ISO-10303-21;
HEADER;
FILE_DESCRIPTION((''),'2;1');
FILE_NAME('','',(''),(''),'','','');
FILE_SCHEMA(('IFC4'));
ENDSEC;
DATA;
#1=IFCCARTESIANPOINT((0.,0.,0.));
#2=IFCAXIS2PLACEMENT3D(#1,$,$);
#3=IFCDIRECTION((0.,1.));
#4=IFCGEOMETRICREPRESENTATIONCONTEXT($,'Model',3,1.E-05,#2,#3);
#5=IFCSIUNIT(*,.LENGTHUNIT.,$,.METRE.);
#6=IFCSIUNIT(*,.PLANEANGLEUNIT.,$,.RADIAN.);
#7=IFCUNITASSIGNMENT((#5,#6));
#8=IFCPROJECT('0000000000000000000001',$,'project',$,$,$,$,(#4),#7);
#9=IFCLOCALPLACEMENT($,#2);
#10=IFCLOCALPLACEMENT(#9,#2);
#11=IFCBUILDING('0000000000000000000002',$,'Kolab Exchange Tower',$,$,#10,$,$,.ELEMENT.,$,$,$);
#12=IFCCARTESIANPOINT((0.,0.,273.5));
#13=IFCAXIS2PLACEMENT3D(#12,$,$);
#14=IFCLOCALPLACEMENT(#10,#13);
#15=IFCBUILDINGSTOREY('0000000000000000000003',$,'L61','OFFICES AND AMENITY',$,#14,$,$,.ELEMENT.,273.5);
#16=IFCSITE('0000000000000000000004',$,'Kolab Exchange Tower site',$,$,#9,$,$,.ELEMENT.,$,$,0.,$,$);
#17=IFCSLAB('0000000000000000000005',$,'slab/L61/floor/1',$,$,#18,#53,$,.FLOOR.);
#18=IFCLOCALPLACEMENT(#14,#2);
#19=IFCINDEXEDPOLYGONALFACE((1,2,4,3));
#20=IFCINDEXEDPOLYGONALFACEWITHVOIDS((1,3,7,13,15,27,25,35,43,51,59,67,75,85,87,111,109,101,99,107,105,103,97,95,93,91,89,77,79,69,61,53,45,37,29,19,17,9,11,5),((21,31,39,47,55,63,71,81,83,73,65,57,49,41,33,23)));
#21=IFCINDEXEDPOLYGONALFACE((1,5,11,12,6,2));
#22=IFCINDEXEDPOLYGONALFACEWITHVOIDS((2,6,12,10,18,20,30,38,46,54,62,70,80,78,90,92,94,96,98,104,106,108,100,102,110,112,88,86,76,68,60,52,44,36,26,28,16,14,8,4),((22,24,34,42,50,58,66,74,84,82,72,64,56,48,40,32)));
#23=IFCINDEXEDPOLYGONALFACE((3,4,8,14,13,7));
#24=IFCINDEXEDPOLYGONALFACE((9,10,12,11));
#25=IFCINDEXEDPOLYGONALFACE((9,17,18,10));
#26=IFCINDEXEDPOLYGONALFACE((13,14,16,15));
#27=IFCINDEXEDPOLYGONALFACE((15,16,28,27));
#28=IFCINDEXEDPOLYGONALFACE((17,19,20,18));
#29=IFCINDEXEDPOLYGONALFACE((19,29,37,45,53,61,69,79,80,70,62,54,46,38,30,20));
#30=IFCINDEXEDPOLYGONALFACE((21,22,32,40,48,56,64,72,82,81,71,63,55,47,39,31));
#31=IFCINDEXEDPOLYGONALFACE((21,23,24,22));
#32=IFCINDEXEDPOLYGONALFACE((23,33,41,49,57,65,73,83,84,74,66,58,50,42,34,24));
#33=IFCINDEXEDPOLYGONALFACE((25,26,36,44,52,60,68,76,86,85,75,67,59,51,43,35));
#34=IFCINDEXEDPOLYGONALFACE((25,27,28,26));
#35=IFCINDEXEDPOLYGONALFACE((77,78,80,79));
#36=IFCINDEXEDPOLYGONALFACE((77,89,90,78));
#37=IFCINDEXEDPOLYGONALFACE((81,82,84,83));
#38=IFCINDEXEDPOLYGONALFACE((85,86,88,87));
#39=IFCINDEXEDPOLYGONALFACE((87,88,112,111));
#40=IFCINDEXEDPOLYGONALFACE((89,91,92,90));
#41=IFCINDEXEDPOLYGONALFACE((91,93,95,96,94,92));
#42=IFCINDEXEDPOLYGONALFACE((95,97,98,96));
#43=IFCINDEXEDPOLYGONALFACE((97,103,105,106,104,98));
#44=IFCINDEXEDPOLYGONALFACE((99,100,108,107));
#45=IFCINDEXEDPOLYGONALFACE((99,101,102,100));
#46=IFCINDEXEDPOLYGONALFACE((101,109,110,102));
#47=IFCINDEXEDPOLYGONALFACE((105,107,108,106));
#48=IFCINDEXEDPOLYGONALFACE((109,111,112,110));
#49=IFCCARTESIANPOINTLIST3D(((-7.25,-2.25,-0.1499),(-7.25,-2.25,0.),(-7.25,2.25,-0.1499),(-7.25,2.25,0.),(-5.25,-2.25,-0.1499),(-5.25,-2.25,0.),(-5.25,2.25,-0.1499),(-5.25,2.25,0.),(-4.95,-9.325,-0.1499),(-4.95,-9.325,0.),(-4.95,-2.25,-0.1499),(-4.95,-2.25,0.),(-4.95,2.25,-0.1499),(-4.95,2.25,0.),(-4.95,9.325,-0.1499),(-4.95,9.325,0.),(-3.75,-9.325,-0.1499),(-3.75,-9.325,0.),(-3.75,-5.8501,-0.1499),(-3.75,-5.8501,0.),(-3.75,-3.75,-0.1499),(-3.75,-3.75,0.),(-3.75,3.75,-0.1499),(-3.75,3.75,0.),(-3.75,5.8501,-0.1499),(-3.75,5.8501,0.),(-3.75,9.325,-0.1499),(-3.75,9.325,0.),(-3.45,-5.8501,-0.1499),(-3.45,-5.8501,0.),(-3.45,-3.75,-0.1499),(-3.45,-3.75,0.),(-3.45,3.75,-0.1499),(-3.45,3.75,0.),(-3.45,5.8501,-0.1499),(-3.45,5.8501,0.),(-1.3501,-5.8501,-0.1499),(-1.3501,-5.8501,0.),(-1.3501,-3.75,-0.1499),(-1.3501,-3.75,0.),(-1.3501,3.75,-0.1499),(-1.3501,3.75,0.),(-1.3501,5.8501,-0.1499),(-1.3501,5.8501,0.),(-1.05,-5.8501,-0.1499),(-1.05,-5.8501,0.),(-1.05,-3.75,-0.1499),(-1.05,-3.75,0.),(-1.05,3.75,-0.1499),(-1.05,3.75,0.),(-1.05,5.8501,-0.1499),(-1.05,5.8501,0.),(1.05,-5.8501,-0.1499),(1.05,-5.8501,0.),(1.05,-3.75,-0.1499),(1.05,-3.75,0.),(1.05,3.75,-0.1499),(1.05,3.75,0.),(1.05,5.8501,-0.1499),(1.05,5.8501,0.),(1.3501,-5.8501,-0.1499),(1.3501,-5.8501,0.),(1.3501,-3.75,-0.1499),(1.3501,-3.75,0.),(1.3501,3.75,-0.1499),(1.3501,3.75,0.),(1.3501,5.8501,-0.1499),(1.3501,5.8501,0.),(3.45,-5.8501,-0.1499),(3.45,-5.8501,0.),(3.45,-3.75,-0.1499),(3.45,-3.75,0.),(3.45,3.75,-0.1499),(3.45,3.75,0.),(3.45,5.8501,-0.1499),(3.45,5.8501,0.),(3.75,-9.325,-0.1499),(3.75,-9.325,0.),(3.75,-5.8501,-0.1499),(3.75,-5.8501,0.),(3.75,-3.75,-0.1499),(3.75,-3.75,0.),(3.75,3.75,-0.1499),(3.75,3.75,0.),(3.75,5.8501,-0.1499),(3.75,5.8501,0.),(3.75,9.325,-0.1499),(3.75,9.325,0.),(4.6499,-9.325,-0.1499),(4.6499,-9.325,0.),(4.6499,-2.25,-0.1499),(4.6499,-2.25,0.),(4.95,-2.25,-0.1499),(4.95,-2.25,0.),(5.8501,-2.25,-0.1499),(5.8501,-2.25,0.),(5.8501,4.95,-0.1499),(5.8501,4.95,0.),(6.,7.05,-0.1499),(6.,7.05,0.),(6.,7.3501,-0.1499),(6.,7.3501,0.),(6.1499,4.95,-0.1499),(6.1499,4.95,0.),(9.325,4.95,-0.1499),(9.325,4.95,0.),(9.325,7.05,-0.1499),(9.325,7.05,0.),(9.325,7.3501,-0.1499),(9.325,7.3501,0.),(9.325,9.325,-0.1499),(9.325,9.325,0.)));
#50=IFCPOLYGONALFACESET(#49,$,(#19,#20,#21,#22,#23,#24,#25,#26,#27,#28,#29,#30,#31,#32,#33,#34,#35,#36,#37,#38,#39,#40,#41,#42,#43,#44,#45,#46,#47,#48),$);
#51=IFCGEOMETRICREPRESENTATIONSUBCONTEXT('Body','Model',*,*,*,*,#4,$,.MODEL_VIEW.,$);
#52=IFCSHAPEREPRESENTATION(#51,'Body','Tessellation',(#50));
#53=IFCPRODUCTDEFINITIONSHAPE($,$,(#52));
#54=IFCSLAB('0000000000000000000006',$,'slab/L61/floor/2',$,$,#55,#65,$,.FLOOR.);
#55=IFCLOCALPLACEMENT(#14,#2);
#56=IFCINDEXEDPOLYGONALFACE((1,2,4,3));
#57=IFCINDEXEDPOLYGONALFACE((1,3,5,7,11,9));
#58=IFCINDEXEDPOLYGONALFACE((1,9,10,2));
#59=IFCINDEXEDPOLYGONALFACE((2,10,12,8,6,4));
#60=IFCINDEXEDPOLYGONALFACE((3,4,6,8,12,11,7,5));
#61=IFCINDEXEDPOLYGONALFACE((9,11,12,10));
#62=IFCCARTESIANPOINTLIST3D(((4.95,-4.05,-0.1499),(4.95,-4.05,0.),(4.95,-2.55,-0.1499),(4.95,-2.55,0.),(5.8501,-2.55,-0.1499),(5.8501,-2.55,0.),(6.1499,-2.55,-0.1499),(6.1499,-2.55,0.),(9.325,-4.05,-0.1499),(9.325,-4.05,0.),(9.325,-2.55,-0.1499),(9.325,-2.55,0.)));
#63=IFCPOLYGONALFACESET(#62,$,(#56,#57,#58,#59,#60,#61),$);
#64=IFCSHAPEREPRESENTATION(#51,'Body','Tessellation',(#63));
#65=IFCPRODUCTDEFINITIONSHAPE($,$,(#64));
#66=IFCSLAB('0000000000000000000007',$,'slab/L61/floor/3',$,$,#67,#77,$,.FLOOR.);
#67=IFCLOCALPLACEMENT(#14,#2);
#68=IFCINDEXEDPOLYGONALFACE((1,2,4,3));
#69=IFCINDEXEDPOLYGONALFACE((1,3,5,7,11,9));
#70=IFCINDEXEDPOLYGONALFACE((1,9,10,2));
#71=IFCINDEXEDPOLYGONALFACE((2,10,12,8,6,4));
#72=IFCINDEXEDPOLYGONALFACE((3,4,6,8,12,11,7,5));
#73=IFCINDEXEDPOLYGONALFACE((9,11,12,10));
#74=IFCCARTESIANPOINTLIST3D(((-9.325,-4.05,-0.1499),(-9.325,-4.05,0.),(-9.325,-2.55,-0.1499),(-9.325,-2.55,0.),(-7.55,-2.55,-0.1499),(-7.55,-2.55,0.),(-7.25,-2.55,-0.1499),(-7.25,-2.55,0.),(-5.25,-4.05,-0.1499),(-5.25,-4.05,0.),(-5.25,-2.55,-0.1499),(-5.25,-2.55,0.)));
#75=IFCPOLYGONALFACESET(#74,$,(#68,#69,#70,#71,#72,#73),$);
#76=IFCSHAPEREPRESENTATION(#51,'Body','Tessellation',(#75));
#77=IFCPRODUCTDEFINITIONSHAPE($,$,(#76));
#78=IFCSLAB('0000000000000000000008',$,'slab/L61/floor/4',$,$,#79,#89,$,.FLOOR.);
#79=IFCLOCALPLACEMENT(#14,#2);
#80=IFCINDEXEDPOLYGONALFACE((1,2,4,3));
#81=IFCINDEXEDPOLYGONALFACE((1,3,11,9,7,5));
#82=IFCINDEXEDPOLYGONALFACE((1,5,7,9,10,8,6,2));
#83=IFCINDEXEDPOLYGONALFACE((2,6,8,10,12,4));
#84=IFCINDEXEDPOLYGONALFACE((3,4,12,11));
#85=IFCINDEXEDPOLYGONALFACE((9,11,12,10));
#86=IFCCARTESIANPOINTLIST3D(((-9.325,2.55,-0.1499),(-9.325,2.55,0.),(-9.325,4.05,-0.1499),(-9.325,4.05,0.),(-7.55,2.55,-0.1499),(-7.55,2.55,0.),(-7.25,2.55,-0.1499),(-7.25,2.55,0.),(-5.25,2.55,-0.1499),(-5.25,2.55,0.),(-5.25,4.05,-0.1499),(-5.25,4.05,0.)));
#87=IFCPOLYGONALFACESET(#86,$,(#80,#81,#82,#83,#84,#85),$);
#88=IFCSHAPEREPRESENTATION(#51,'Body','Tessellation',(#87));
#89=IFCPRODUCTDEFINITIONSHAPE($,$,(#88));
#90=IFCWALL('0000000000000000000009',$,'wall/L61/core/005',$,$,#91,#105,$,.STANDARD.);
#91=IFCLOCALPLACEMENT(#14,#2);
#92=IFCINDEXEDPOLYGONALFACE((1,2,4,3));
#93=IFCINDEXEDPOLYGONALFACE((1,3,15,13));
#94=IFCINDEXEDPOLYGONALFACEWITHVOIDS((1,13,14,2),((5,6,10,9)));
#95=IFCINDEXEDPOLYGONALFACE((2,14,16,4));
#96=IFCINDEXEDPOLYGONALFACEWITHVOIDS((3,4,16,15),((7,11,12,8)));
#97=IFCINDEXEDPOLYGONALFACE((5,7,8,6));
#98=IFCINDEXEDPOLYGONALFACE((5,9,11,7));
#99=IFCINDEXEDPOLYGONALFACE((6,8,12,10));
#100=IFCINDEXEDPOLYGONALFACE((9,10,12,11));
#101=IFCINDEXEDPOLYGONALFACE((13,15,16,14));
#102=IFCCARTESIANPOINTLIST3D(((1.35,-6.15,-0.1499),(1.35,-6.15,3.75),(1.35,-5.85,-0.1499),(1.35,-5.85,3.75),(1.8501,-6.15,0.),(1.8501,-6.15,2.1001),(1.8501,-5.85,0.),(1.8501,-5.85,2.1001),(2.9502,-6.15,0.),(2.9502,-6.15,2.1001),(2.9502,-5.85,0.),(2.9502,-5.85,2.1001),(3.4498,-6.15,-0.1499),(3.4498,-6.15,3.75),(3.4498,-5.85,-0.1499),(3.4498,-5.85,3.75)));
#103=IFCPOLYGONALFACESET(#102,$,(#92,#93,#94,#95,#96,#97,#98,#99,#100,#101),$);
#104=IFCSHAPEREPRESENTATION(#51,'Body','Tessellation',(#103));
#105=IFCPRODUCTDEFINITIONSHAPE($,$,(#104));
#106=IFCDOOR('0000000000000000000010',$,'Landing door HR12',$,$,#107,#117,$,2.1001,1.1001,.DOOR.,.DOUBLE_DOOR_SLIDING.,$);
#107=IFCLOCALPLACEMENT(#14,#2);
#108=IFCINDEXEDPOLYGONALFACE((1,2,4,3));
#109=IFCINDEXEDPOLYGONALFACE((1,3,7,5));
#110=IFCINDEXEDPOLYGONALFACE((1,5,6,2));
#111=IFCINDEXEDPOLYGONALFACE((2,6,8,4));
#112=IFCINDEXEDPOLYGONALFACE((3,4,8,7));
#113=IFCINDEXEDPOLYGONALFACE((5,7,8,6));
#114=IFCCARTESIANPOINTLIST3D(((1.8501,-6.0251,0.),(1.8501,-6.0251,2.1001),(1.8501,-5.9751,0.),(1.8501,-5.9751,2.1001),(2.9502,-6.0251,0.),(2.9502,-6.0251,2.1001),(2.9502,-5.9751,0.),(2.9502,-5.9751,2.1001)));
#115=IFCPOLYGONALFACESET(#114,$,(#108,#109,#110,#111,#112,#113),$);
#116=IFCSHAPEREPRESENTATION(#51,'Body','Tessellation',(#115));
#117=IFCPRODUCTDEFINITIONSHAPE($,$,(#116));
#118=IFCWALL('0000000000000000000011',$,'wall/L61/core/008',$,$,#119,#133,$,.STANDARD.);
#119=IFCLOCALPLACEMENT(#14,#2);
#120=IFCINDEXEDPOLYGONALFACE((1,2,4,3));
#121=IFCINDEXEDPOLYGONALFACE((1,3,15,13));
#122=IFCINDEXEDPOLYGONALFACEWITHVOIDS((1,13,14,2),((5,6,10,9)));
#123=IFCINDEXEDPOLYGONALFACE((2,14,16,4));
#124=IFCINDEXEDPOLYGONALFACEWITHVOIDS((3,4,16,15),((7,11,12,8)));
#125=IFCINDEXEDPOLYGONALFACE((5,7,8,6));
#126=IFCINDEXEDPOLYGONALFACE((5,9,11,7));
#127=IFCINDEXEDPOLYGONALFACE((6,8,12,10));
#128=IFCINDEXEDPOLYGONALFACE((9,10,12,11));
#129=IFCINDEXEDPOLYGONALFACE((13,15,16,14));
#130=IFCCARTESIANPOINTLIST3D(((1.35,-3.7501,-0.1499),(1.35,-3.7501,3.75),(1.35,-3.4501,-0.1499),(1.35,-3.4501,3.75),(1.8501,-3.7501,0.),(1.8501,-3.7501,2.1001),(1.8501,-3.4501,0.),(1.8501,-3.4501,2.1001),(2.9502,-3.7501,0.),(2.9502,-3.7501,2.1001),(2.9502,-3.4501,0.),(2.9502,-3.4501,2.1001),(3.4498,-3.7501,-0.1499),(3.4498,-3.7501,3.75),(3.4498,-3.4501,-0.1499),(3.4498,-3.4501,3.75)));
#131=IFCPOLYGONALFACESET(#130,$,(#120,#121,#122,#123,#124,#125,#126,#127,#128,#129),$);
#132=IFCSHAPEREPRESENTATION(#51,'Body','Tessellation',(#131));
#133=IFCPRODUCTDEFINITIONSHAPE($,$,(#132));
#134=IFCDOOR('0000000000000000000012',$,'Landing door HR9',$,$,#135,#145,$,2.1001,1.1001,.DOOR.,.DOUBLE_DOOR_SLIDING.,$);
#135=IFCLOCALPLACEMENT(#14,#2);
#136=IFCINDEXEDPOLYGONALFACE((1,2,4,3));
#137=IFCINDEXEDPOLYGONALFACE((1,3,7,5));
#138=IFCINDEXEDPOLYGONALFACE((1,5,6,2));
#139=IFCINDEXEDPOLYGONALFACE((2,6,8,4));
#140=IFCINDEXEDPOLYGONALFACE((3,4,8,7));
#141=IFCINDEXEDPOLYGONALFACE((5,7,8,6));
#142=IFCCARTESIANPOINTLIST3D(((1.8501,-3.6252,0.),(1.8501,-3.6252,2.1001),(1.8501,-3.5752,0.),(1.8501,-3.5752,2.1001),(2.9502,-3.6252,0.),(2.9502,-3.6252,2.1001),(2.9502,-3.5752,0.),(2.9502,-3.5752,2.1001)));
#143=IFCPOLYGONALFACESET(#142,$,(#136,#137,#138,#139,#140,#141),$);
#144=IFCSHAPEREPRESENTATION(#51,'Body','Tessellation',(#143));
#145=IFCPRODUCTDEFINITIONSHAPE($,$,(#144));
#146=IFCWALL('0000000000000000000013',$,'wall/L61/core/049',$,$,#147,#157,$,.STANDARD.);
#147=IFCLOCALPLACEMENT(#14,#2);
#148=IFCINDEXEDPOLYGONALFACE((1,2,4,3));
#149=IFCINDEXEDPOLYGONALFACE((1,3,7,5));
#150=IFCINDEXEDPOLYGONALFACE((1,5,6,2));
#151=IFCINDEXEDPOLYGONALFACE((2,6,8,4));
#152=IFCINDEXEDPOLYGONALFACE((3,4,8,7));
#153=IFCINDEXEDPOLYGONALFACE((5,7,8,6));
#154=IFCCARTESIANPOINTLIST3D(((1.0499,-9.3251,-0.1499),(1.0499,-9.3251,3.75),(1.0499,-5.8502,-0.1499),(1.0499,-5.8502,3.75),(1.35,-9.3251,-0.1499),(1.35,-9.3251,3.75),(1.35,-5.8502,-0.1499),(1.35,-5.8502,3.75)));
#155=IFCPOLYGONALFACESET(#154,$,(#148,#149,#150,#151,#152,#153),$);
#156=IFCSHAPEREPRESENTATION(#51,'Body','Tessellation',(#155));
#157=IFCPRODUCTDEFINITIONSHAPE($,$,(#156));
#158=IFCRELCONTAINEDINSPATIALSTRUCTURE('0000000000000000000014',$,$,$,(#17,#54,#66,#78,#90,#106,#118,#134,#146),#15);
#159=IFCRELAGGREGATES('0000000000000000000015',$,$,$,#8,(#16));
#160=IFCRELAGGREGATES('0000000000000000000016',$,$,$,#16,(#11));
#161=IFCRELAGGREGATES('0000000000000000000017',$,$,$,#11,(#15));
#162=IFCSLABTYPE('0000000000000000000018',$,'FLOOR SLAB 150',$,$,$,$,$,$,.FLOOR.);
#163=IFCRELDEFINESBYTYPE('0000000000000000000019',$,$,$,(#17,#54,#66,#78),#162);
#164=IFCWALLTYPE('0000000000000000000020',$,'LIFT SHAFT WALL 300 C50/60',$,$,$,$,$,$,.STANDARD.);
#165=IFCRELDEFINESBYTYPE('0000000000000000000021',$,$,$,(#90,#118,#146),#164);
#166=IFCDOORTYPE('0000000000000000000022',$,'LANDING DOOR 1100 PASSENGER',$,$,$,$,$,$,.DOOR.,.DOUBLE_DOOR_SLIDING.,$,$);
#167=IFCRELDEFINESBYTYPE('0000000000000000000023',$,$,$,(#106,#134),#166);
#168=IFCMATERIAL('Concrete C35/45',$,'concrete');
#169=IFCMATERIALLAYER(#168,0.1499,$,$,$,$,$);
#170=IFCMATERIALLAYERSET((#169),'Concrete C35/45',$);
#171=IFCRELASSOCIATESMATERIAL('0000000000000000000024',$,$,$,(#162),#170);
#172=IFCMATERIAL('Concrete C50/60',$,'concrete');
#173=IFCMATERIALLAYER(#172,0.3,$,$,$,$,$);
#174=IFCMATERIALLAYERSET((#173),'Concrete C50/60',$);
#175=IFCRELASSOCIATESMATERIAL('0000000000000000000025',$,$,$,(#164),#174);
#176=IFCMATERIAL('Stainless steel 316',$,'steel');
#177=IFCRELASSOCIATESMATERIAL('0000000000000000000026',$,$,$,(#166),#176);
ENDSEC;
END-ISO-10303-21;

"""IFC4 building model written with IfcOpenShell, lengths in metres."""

from ifc_helpers import new_model, si_unit, direction, frame, frame_2d, origin, place, context, subcontext, project, spatial, polyline, rectangle, outline, extrude, material, layer, layer_set, type_object, element, fill, save


model = new_model("IFC4")

# Units and contexts
model_context = context("Model", 3, precision=1e-05, world=origin(), true_north=direction((0.0, 1.0)))
body_context = subcontext(model_context, "Body", "Model", "MODEL_VIEW")
ifc_project = project(units=[si_unit("LENGTHUNIT", "METRE"), si_unit("PLANEANGLEUNIT", "RADIAN")], contexts=[model_context])

# Site, building, storey
site_placement = place(None, origin())
site = spatial("IfcSite", under=ifc_project, at=site_placement, Name="Kolab Exchange Tower site", CompositionType="ELEMENT", RefElevation=0.0)
building_placement = place(site_placement, origin())
building = spatial("IfcBuilding", under=site, at=building_placement, Name="Kolab Exchange Tower", CompositionType="ELEMENT")
storey_placement = place(building_placement, frame((0.0, 0.0, 273.5)))
storey = spatial("IfcBuildingStorey", under=building, at=storey_placement, Name="L61", Description="OFFICES AND AMENITY", CompositionType="ELEMENT", Elevation=273.5)

# Slabs
ifc_material_1 = material(Name="Concrete C35/45", Category="concrete")
ifc_layer_1 = layer(ifc_material_1, 0.1499)
ifc_layer_set_1 = layer_set([ifc_layer_1], Name="Concrete C35/45")
slab_type = type_object("IfcSlabType", Name="FLOOR SLAB 150", PredefinedType="FLOOR", material=ifc_layer_set_1)
slab_1_placement = place(storey_placement, frame((0.0, 0.0, -0.1499)))
element("IfcSlab", 1, at=slab_1_placement, inside=storey, type_object=slab_type, Name="slab/L61/floor/1", PredefinedType="FLOOR", context=body_context, shape_type="SweptSolid", body=[
    extrude(outline(polyline([(-4.95, 9.325), (-4.95, 2.25), (-5.25, 2.25), (-7.25, 2.25), (-7.25, -2.25), (-5.25, -2.25), (-4.95, -2.25), (-4.95, -9.325), (-3.75, -9.325), (-3.75, -5.8501), (-3.45, -5.8501), (-1.3501, -5.8501), (-1.05, -5.8501), (1.05, -5.8501), (1.3501, -5.8501), (3.45, -5.8501), (3.75, -5.8501), (3.75, -9.325), (4.6499, -9.325), (4.6499, -2.25), (4.95, -2.25), (5.8501, -2.25), (5.8501, 4.95), (6.1499, 4.95), (9.325, 4.95), (9.325, 7.05), (6.0, 7.05), (6.0, 7.3501), (9.325, 7.3501), (9.325, 9.325), (3.75, 9.325), (3.75, 5.8501), (3.45, 5.8501), (1.3501, 5.8501), (1.05, 5.8501), (-1.05, 5.8501), (-1.3501, 5.8501), (-3.45, 5.8501), (-3.75, 5.8501), (-3.75, 9.325), (-4.95, 9.325)]), holes=[polyline([(-3.45, -3.75), (-3.75, -3.75), (-3.75, 3.75), (-3.45, 3.75), (-1.3501, 3.75), (-1.05, 3.75), (1.05, 3.75), (1.3501, 3.75), (3.45, 3.75), (3.75, 3.75), (3.75, -3.75), (3.45, -3.75), (1.3501, -3.75), (1.05, -3.75), (-1.05, -3.75), (-1.3501, -3.75), (-3.45, -3.75)])]), origin(), (0.0, 0.0, 1.0), 0.1499),
])
slab_2_placement = place(storey_placement, frame((0.0, 0.0, -0.1499)))
element("IfcSlab", 2, at=slab_2_placement, inside=storey, type_object=slab_type, Name="slab/L61/floor/2", PredefinedType="FLOOR", context=body_context, shape_type="SweptSolid", body=[
    extrude(outline(polyline([(4.95, -2.55), (4.95, -4.05), (9.325, -4.05), (9.325, -2.55), (6.1499, -2.55), (5.8501, -2.55), (4.95, -2.55)])), origin(), (0.0, 0.0, 1.0), 0.1499),
])
slab_3_placement = place(storey_placement, frame((0.0, 0.0, -0.1499)))
element("IfcSlab", 3, at=slab_3_placement, inside=storey, type_object=slab_type, Name="slab/L61/floor/3", PredefinedType="FLOOR", context=body_context, shape_type="SweptSolid", body=[
    extrude(outline(polyline([(-7.55, -2.55), (-9.325, -2.55), (-9.325, -4.05), (-5.25, -4.05), (-5.25, -2.55), (-7.25, -2.55), (-7.55, -2.55)])), origin(), (0.0, 0.0, 1.0), 0.1499),
])
slab_4_placement = place(storey_placement, frame((0.0, 0.0, -0.1499)))
element("IfcSlab", 4, at=slab_4_placement, inside=storey, type_object=slab_type, Name="slab/L61/floor/4", PredefinedType="FLOOR", context=body_context, shape_type="SweptSolid", body=[
    extrude(outline(polyline([(-9.325, 4.05), (-9.325, 2.55), (-7.55, 2.55), (-7.25, 2.55), (-5.25, 2.55), (-5.25, 4.05), (-9.325, 4.05)])), origin(), (0.0, 0.0, 1.0), 0.1499),
])

# Walls, openings, doors
ifc_material_2 = material(Name="Concrete C50/60", Category="concrete")
ifc_layer_2 = layer(ifc_material_2, 0.3)
ifc_layer_set_2 = layer_set([ifc_layer_2], Name="Concrete C50/60")
wall_type_1 = type_object("IfcWallType", Name="LIFT SHAFT WALL 300 C50/60", PredefinedType="STANDARD", material=ifc_layer_set_2)
wall_1_placement = place(storey_placement, frame((1.3501, -6.0, -0.1499), z_axis=(0.0, 0.0, 1.0), x_axis=(1.0, 0.0, 0.0)))
wall_1 = element("IfcWall", 5, at=wall_1_placement, inside=storey, type_object=wall_type_1, Name="wall/L61/core/005", PredefinedType="STANDARD", context=body_context, shape_type="SweptSolid", body=[
    extrude(rectangle(XDim=2.0999, YDim=0.3, at=frame_2d((1.0498, 0.0))), origin(), (0.0, 0.0, 1.0), 3.8999),
])
opening_1_placement = place(wall_1_placement, frame((0.5, 0.0, 0.1499)))
opening_1 = element("IfcOpeningElement", 6, at=opening_1_placement, cuts=wall_1, PredefinedType="OPENING", context=body_context, shape_type="SweptSolid", body=[
    extrude(rectangle(XDim=1.1001, YDim=2.1001, at=frame_2d((0.55, 1.05))), frame((0.0, 0.1602, 0.0), z_axis=(0.0, -1.0, 0.0), x_axis=(1.0, 0.0, 0.0)), (0.0, 0.0, 1.0), 0.3201),
])
ifc_material_3 = material(Name="Stainless steel 316", Category="steel")
door_type_1 = type_object("IfcDoorType", Name="LANDING DOOR 1100 PASSENGER", OperationType="DOUBLE_DOOR_SLIDING", PredefinedType="DOOR", material=ifc_material_3)
door_1_placement = place(opening_1_placement, origin())
door_1 = element("IfcDoor", 7, at=door_1_placement, inside=storey, type_object=door_type_1, Name="Landing door HR12", OperationType="DOUBLE_DOOR_SLIDING", OverallHeight=2.1001, OverallWidth=1.1001, PredefinedType="DOOR", context=body_context, shape_type="SweptSolid", body=[
    extrude(rectangle(XDim=1.1001, YDim=2.1001, at=frame_2d((0.55, 1.05))), frame((0.0, 0.0249, 0.0), z_axis=(0.0, -1.0, 0.0), x_axis=(1.0, 0.0, 0.0)), (0.0, 0.0, 1.0), 0.05),
])
fill(opening_1, door_1)
wall_2_placement = place(storey_placement, frame((1.3501, -3.6001, -0.1499), z_axis=(0.0, 0.0, 1.0), x_axis=(1.0, 0.0, 0.0)))
wall_2 = element("IfcWall", 8, at=wall_2_placement, inside=storey, type_object=wall_type_1, Name="wall/L61/core/008", PredefinedType="STANDARD", context=body_context, shape_type="SweptSolid", body=[
    extrude(rectangle(XDim=2.0999, YDim=0.3, at=frame_2d((1.0498, 0.0))), origin(), (0.0, 0.0, 1.0), 3.8999),
])
opening_2_placement = place(wall_2_placement, frame((0.5, 0.0, 0.1499)))
opening_2 = element("IfcOpeningElement", 9, at=opening_2_placement, cuts=wall_2, PredefinedType="OPENING", context=body_context, shape_type="SweptSolid", body=[
    extrude(rectangle(XDim=1.1001, YDim=2.1001, at=frame_2d((0.55, 1.05))), frame((0.0, 0.1602, 0.0), z_axis=(0.0, -1.0, 0.0), x_axis=(1.0, 0.0, 0.0)), (0.0, 0.0, 1.0), 0.3201),
])
door_2_placement = place(opening_2_placement, origin())
door_2 = element("IfcDoor", 10, at=door_2_placement, inside=storey, type_object=door_type_1, Name="Landing door HR9", OperationType="DOUBLE_DOOR_SLIDING", OverallHeight=2.1001, OverallWidth=1.1001, PredefinedType="DOOR", context=body_context, shape_type="SweptSolid", body=[
    extrude(rectangle(XDim=1.1001, YDim=2.1001, at=frame_2d((0.55, 1.05))), frame((0.0, 0.0249, 0.0), z_axis=(0.0, -1.0, 0.0), x_axis=(1.0, 0.0, 0.0)), (0.0, 0.0, 1.0), 0.05),
])
fill(opening_2, door_2)

# Wall
wall_3_placement = place(storey_placement, frame((1.2, -9.325, -0.1499), z_axis=(0.0, 0.0, 1.0), x_axis=(0.0, 1.0, 0.0)))
element("IfcWall", 11, at=wall_3_placement, inside=storey, type_object=wall_type_1, Name="wall/L61/core/049", PredefinedType="STANDARD", context=body_context, shape_type="SweptSolid", body=[
    extrude(rectangle(XDim=3.4749, YDim=0.3, at=frame_2d((1.7373, 0.0))), origin(), (0.0, 0.0, 1.0), 3.8999),
])

save(model, "model.ifc")
